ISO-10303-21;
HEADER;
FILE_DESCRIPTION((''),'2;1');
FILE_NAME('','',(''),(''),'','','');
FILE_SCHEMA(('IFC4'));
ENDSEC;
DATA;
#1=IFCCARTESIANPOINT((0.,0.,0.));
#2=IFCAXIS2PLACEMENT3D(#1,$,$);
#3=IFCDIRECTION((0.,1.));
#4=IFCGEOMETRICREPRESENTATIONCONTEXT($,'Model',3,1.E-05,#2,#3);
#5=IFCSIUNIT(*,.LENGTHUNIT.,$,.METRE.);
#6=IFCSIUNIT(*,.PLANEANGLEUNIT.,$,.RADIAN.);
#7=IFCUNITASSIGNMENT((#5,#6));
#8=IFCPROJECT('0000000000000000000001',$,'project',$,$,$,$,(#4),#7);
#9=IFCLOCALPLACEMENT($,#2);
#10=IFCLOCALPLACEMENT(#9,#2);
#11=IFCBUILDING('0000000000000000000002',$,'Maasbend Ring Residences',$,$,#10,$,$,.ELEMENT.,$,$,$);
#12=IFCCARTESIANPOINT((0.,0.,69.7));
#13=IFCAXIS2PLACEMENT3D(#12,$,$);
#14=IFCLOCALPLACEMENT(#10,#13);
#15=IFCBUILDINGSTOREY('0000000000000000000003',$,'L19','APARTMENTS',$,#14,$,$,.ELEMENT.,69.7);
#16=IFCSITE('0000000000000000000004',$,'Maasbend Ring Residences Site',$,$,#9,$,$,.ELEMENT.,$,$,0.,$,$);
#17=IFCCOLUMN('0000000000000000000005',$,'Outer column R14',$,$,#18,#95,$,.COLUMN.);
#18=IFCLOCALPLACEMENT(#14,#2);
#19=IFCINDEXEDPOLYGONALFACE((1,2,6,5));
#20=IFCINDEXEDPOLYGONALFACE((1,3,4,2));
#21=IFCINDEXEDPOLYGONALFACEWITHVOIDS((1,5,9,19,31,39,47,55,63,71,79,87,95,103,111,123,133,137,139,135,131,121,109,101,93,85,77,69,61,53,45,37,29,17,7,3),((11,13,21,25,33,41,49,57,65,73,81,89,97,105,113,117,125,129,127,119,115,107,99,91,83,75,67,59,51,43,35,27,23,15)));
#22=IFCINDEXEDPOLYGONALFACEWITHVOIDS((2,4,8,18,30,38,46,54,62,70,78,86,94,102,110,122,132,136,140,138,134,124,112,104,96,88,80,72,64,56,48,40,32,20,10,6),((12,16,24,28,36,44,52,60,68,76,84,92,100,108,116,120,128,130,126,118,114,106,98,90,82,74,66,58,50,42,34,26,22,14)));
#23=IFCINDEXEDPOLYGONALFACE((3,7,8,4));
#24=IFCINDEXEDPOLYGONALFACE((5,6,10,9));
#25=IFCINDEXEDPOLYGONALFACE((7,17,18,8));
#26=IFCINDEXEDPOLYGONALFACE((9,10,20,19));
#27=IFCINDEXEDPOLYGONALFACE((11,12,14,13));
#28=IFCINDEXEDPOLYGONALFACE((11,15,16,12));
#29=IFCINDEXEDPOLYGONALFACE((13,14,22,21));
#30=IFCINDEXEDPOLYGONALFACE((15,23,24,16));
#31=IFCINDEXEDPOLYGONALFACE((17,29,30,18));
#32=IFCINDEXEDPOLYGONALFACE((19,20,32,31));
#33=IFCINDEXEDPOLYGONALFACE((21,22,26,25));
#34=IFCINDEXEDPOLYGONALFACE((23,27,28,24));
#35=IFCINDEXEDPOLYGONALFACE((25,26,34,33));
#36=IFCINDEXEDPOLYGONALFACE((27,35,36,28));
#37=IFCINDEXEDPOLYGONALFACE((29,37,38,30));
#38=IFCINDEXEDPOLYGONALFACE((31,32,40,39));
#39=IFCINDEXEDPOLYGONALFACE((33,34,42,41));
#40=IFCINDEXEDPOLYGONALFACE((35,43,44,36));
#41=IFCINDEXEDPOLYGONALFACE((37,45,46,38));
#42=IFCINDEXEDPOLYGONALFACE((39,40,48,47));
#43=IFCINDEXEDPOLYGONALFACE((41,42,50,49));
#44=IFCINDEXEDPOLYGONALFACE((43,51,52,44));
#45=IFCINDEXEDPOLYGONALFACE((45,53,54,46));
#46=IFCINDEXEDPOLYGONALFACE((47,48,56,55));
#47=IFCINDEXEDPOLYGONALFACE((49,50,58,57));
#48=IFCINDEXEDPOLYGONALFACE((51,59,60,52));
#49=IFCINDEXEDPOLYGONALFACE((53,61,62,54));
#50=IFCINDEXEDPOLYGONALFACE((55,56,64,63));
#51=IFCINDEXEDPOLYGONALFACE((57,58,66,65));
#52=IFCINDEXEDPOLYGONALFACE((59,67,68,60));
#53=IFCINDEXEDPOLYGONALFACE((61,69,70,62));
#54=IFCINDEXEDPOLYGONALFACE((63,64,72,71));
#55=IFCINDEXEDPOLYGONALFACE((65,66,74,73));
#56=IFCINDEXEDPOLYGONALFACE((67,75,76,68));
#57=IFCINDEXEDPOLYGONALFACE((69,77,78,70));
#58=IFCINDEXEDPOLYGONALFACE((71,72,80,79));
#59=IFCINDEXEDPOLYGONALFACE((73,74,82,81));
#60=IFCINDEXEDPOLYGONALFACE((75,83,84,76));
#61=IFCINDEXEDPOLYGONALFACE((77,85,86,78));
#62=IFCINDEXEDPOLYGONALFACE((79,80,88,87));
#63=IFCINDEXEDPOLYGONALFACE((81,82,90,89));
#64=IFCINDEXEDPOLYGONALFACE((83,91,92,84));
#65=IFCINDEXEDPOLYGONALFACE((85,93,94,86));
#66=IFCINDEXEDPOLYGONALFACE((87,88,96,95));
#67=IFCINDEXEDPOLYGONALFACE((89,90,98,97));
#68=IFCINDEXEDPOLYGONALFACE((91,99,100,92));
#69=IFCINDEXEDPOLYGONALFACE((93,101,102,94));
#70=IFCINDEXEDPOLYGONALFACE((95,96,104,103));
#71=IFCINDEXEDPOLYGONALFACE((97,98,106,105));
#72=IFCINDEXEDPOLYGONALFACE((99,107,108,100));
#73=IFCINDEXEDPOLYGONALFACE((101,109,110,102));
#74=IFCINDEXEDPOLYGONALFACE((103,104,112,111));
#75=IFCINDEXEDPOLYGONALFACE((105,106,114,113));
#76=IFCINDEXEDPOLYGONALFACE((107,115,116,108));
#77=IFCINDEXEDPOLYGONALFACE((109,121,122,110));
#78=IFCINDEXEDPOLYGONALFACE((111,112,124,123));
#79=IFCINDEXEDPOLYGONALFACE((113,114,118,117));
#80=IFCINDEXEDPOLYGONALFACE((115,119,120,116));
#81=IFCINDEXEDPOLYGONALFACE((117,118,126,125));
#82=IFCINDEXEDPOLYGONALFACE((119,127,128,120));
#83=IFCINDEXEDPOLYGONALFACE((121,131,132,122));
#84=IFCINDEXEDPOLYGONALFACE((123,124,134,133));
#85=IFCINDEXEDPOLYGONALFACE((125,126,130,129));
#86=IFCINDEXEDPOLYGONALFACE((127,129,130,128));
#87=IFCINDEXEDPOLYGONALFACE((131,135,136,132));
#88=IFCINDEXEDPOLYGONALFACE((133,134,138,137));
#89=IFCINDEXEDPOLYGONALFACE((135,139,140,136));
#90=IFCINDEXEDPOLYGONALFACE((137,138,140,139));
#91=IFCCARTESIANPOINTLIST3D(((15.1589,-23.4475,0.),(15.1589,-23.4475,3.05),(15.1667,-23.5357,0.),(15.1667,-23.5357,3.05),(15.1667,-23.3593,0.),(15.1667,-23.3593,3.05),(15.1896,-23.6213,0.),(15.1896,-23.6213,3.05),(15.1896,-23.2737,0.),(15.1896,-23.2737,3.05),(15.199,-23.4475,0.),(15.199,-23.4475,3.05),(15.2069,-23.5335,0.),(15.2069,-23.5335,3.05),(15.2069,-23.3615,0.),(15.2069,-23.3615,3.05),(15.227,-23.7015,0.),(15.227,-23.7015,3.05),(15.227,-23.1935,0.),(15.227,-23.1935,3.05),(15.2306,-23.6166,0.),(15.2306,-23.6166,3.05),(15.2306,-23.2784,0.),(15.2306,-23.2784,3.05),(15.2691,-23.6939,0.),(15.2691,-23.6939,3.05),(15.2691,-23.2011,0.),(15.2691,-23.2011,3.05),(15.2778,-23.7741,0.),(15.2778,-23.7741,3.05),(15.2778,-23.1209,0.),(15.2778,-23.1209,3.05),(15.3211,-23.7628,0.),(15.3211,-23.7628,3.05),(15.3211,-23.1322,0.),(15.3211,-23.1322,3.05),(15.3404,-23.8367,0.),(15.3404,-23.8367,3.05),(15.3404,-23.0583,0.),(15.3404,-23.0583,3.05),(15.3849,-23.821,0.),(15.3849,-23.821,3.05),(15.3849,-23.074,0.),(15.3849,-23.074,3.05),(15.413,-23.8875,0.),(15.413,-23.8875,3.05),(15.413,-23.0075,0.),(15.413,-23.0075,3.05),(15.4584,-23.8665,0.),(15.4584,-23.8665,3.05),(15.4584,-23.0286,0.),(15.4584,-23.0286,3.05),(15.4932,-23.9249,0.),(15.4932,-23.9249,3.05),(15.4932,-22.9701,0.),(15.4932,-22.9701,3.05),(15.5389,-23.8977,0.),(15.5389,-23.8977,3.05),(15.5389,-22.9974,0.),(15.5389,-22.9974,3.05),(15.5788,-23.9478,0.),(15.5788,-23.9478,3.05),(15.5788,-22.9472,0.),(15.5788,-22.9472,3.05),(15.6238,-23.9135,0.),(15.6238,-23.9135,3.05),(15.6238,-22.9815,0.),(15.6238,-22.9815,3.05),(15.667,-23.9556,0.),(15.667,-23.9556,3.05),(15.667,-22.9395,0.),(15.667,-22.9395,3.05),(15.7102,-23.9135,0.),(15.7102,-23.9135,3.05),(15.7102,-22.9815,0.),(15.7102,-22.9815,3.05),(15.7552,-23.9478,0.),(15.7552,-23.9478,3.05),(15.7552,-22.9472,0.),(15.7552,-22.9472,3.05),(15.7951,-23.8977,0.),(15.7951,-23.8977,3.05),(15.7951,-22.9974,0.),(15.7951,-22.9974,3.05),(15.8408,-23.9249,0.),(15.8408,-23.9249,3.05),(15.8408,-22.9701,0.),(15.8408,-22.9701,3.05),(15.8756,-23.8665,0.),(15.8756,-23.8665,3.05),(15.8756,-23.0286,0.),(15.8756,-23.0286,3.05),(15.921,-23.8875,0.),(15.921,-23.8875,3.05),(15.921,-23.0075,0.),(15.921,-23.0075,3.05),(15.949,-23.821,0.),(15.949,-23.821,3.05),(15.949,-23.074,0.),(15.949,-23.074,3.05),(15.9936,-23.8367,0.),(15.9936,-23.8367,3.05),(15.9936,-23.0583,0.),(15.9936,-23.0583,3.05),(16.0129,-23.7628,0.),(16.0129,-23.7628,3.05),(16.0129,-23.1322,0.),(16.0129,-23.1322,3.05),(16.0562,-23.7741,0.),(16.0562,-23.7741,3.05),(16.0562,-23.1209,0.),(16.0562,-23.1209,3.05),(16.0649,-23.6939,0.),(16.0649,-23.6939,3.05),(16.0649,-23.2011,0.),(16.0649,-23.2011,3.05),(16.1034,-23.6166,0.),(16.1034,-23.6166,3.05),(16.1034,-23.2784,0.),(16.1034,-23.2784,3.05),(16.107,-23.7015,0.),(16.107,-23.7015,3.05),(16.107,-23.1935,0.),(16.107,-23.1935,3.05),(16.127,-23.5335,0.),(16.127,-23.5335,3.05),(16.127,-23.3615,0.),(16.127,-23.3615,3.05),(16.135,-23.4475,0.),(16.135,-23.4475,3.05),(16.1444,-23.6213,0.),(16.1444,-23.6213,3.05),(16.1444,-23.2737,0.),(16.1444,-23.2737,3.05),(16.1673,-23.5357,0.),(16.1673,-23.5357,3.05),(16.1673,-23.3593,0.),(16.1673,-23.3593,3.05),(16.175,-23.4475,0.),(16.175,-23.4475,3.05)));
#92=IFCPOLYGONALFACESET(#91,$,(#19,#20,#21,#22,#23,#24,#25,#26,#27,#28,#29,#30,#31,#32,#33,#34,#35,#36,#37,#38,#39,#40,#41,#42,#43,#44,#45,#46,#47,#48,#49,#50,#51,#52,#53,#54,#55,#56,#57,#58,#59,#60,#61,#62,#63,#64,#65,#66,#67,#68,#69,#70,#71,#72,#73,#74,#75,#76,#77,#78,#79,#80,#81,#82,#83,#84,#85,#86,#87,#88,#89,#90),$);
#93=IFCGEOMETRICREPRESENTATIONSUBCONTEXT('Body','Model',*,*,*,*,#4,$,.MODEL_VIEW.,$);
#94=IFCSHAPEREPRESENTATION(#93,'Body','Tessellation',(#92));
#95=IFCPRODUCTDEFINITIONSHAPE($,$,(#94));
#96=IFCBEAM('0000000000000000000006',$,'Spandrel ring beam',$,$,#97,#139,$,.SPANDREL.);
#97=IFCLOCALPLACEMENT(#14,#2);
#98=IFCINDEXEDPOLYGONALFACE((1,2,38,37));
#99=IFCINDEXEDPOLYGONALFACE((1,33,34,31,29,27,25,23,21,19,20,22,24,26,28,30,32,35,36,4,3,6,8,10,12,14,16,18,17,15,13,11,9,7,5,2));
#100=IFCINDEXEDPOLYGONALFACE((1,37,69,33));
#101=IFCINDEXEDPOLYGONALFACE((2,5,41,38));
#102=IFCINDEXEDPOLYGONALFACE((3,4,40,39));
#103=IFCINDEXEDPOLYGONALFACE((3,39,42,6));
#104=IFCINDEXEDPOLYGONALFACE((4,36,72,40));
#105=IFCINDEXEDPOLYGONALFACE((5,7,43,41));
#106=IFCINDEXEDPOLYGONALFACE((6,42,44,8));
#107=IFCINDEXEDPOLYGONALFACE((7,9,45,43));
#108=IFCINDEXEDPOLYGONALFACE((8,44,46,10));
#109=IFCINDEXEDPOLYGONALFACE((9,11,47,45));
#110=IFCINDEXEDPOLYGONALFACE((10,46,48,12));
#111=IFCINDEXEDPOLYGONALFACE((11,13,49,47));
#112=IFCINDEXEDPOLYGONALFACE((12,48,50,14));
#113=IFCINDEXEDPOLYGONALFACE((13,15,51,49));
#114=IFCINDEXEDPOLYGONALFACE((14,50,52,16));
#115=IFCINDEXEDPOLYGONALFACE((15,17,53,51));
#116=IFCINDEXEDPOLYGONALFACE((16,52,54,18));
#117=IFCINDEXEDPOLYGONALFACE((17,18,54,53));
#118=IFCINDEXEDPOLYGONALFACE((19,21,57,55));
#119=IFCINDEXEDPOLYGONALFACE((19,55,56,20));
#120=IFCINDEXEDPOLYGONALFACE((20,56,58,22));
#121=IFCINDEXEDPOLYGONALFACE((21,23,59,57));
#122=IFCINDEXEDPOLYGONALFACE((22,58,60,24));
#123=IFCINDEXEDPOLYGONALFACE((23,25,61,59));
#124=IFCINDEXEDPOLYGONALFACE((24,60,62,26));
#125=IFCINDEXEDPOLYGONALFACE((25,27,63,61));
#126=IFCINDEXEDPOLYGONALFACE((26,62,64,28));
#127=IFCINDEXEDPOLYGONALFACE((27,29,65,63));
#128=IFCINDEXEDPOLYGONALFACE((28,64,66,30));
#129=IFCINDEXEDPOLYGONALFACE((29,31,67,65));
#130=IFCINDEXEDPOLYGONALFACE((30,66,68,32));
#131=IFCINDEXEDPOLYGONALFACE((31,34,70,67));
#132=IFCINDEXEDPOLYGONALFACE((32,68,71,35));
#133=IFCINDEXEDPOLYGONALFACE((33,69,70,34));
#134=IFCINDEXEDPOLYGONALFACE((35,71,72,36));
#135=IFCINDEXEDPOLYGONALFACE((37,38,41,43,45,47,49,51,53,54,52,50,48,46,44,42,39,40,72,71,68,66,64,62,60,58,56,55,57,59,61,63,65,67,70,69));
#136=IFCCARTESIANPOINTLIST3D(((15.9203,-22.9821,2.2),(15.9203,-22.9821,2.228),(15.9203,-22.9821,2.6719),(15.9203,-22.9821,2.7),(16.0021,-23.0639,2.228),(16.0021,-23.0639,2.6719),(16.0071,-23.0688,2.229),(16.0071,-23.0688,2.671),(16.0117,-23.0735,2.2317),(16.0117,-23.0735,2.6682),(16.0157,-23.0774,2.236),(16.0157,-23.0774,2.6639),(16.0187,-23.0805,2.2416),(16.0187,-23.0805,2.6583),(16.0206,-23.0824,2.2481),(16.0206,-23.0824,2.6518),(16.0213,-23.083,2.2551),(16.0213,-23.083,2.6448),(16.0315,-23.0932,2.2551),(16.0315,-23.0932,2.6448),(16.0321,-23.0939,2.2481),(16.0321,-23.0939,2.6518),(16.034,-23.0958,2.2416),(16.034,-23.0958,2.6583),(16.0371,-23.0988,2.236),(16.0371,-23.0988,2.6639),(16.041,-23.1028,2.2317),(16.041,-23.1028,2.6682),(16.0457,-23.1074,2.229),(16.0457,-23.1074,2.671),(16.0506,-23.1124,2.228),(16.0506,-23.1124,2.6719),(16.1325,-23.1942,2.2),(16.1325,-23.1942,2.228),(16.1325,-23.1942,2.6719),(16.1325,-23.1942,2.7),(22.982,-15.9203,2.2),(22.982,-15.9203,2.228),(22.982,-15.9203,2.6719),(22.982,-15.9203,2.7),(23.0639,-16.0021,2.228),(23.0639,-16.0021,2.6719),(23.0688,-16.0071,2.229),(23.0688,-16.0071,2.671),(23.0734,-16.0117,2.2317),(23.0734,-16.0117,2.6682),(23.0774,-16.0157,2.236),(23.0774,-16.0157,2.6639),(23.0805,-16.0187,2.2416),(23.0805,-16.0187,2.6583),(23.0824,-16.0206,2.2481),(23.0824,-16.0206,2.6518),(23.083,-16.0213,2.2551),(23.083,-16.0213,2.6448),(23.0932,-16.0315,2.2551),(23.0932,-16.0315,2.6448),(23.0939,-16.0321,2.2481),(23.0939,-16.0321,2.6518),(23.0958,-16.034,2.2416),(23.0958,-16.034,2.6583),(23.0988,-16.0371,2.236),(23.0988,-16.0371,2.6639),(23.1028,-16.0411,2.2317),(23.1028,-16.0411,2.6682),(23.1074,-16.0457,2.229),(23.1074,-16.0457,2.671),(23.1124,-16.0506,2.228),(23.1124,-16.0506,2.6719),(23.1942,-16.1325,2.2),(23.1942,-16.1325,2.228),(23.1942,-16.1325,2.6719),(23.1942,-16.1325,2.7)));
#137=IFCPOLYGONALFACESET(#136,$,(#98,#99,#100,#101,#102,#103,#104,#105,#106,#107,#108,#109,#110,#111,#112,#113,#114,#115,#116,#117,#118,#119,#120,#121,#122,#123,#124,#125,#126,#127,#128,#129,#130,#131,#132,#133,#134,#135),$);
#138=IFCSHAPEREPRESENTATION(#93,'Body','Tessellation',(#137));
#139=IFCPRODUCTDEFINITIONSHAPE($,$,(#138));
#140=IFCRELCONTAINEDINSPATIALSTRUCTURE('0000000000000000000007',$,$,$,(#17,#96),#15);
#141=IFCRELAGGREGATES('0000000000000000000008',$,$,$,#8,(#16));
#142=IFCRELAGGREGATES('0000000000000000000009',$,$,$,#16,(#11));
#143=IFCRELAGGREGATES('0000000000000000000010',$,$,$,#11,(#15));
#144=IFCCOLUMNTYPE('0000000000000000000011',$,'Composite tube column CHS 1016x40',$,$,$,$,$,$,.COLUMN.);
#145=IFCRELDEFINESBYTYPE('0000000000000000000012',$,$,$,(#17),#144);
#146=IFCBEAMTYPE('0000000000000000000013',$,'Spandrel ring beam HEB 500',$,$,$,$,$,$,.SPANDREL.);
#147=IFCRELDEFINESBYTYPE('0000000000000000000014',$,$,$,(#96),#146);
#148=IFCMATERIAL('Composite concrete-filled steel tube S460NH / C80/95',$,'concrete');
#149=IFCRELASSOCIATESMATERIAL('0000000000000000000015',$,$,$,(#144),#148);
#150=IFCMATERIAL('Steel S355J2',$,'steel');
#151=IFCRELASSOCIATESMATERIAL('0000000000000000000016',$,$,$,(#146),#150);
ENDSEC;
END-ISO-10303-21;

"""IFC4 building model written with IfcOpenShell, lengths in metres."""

from ifc_helpers import new_model, si_unit, direction, frame, origin, origin_2d, place, context, subcontext, project, spatial, hollow_circle, i_section, extrude, material, material_profile, profile_set, type_object, element, save


model = new_model("IFC4")

# Units and contexts
model_context = context("Model", 3, precision=1e-05, world=origin(), true_north=direction((0.0, 1.0)))
body_context = subcontext(model_context, "Body", "Model", "MODEL_VIEW")
ifc_project = project(units=[si_unit("LENGTHUNIT", "METRE"), si_unit("PLANEANGLEUNIT", "RADIAN")], contexts=[model_context])

# Site, building, storey
site_placement = place(None, origin())
site = spatial("IfcSite", under=ifc_project, at=site_placement, Name="Maasbend Ring Residences Site", CompositionType="ELEMENT", RefElevation=0.0)
building_placement = place(site_placement, origin())
building = spatial("IfcBuilding", under=site, at=building_placement, Name="Maasbend Ring Residences", CompositionType="ELEMENT")
storey_placement = place(building_placement, frame((0.0, 0.0, 69.7)))
storey = spatial("IfcBuildingStorey", under=building, at=storey_placement, Name="L19", Description="APARTMENTS", CompositionType="ELEMENT", Elevation=69.7)

# Column
ifc_material_1 = material(Name="Composite concrete-filled steel tube S460NH / C80/95", Category="concrete")
ifc_material_profile_1 = material_profile(ifc_material_1, hollow_circle(Radius=0.5081, WallThickness=0.04, at=origin_2d()), Name="Composite tube column CHS 1016x40")
ifc_profile_set_1 = profile_set([ifc_material_profile_1], Name="Composite concrete-filled steel tube S460NH / C80/95")
column_type = type_object("IfcColumnType", Name="Composite tube column CHS 1016x40", PredefinedType="COLUMN", material=ifc_profile_set_1)
column_placement = place(storey_placement, frame((15.667, -23.4475, 0.0), z_axis=(0.0, 0.0, 1.0), x_axis=(1.0, 0.0, 0.0)))
element("IfcColumn", 1, at=column_placement, inside=storey, type_object=column_type, Name="Outer column R14", PredefinedType="COLUMN", context=body_context, shape_type="SweptSolid", body=[
    extrude(hollow_circle(Radius=0.5081, WallThickness=0.04, at=origin_2d()), origin(), (0.0, 0.0, 1.0), 3.05),
])

# Beam
ifc_material_2 = material(Name="Steel S355J2", Category="steel")
ifc_material_profile_2 = material_profile(ifc_material_2, i_section(OverallWidth=0.3, OverallDepth=0.5, WebThickness=0.0144, FlangeThickness=0.0281, FilletRadius=0.0271, at=origin_2d()), Name="HEB 500")
ifc_profile_set_2 = profile_set([ifc_material_profile_2], Name="Steel S355J2")
beam_type = type_object("IfcBeamType", Name="Spandrel ring beam HEB 500", PredefinedType="SPANDREL", material=ifc_profile_set_2)
beam_placement = place(storey_placement, frame((16.0264, -23.0881, 2.45), z_axis=(0.707107, 0.707107, 0.0), x_axis=(-0.707107, 0.707107, 0.0)))
element("IfcBeam", 2, at=beam_placement, inside=storey, type_object=beam_type, Name="Spandrel ring beam", PredefinedType="SPANDREL", context=body_context, shape_type="SweptSolid", body=[
    extrude(i_section(OverallWidth=0.3, OverallDepth=0.5, WebThickness=0.0144, FlangeThickness=0.0281, FilletRadius=0.0271, at=origin_2d()), origin(), (0.0, 0.0, 1.0), 9.9868),
])

save(model, "model.ifc")
